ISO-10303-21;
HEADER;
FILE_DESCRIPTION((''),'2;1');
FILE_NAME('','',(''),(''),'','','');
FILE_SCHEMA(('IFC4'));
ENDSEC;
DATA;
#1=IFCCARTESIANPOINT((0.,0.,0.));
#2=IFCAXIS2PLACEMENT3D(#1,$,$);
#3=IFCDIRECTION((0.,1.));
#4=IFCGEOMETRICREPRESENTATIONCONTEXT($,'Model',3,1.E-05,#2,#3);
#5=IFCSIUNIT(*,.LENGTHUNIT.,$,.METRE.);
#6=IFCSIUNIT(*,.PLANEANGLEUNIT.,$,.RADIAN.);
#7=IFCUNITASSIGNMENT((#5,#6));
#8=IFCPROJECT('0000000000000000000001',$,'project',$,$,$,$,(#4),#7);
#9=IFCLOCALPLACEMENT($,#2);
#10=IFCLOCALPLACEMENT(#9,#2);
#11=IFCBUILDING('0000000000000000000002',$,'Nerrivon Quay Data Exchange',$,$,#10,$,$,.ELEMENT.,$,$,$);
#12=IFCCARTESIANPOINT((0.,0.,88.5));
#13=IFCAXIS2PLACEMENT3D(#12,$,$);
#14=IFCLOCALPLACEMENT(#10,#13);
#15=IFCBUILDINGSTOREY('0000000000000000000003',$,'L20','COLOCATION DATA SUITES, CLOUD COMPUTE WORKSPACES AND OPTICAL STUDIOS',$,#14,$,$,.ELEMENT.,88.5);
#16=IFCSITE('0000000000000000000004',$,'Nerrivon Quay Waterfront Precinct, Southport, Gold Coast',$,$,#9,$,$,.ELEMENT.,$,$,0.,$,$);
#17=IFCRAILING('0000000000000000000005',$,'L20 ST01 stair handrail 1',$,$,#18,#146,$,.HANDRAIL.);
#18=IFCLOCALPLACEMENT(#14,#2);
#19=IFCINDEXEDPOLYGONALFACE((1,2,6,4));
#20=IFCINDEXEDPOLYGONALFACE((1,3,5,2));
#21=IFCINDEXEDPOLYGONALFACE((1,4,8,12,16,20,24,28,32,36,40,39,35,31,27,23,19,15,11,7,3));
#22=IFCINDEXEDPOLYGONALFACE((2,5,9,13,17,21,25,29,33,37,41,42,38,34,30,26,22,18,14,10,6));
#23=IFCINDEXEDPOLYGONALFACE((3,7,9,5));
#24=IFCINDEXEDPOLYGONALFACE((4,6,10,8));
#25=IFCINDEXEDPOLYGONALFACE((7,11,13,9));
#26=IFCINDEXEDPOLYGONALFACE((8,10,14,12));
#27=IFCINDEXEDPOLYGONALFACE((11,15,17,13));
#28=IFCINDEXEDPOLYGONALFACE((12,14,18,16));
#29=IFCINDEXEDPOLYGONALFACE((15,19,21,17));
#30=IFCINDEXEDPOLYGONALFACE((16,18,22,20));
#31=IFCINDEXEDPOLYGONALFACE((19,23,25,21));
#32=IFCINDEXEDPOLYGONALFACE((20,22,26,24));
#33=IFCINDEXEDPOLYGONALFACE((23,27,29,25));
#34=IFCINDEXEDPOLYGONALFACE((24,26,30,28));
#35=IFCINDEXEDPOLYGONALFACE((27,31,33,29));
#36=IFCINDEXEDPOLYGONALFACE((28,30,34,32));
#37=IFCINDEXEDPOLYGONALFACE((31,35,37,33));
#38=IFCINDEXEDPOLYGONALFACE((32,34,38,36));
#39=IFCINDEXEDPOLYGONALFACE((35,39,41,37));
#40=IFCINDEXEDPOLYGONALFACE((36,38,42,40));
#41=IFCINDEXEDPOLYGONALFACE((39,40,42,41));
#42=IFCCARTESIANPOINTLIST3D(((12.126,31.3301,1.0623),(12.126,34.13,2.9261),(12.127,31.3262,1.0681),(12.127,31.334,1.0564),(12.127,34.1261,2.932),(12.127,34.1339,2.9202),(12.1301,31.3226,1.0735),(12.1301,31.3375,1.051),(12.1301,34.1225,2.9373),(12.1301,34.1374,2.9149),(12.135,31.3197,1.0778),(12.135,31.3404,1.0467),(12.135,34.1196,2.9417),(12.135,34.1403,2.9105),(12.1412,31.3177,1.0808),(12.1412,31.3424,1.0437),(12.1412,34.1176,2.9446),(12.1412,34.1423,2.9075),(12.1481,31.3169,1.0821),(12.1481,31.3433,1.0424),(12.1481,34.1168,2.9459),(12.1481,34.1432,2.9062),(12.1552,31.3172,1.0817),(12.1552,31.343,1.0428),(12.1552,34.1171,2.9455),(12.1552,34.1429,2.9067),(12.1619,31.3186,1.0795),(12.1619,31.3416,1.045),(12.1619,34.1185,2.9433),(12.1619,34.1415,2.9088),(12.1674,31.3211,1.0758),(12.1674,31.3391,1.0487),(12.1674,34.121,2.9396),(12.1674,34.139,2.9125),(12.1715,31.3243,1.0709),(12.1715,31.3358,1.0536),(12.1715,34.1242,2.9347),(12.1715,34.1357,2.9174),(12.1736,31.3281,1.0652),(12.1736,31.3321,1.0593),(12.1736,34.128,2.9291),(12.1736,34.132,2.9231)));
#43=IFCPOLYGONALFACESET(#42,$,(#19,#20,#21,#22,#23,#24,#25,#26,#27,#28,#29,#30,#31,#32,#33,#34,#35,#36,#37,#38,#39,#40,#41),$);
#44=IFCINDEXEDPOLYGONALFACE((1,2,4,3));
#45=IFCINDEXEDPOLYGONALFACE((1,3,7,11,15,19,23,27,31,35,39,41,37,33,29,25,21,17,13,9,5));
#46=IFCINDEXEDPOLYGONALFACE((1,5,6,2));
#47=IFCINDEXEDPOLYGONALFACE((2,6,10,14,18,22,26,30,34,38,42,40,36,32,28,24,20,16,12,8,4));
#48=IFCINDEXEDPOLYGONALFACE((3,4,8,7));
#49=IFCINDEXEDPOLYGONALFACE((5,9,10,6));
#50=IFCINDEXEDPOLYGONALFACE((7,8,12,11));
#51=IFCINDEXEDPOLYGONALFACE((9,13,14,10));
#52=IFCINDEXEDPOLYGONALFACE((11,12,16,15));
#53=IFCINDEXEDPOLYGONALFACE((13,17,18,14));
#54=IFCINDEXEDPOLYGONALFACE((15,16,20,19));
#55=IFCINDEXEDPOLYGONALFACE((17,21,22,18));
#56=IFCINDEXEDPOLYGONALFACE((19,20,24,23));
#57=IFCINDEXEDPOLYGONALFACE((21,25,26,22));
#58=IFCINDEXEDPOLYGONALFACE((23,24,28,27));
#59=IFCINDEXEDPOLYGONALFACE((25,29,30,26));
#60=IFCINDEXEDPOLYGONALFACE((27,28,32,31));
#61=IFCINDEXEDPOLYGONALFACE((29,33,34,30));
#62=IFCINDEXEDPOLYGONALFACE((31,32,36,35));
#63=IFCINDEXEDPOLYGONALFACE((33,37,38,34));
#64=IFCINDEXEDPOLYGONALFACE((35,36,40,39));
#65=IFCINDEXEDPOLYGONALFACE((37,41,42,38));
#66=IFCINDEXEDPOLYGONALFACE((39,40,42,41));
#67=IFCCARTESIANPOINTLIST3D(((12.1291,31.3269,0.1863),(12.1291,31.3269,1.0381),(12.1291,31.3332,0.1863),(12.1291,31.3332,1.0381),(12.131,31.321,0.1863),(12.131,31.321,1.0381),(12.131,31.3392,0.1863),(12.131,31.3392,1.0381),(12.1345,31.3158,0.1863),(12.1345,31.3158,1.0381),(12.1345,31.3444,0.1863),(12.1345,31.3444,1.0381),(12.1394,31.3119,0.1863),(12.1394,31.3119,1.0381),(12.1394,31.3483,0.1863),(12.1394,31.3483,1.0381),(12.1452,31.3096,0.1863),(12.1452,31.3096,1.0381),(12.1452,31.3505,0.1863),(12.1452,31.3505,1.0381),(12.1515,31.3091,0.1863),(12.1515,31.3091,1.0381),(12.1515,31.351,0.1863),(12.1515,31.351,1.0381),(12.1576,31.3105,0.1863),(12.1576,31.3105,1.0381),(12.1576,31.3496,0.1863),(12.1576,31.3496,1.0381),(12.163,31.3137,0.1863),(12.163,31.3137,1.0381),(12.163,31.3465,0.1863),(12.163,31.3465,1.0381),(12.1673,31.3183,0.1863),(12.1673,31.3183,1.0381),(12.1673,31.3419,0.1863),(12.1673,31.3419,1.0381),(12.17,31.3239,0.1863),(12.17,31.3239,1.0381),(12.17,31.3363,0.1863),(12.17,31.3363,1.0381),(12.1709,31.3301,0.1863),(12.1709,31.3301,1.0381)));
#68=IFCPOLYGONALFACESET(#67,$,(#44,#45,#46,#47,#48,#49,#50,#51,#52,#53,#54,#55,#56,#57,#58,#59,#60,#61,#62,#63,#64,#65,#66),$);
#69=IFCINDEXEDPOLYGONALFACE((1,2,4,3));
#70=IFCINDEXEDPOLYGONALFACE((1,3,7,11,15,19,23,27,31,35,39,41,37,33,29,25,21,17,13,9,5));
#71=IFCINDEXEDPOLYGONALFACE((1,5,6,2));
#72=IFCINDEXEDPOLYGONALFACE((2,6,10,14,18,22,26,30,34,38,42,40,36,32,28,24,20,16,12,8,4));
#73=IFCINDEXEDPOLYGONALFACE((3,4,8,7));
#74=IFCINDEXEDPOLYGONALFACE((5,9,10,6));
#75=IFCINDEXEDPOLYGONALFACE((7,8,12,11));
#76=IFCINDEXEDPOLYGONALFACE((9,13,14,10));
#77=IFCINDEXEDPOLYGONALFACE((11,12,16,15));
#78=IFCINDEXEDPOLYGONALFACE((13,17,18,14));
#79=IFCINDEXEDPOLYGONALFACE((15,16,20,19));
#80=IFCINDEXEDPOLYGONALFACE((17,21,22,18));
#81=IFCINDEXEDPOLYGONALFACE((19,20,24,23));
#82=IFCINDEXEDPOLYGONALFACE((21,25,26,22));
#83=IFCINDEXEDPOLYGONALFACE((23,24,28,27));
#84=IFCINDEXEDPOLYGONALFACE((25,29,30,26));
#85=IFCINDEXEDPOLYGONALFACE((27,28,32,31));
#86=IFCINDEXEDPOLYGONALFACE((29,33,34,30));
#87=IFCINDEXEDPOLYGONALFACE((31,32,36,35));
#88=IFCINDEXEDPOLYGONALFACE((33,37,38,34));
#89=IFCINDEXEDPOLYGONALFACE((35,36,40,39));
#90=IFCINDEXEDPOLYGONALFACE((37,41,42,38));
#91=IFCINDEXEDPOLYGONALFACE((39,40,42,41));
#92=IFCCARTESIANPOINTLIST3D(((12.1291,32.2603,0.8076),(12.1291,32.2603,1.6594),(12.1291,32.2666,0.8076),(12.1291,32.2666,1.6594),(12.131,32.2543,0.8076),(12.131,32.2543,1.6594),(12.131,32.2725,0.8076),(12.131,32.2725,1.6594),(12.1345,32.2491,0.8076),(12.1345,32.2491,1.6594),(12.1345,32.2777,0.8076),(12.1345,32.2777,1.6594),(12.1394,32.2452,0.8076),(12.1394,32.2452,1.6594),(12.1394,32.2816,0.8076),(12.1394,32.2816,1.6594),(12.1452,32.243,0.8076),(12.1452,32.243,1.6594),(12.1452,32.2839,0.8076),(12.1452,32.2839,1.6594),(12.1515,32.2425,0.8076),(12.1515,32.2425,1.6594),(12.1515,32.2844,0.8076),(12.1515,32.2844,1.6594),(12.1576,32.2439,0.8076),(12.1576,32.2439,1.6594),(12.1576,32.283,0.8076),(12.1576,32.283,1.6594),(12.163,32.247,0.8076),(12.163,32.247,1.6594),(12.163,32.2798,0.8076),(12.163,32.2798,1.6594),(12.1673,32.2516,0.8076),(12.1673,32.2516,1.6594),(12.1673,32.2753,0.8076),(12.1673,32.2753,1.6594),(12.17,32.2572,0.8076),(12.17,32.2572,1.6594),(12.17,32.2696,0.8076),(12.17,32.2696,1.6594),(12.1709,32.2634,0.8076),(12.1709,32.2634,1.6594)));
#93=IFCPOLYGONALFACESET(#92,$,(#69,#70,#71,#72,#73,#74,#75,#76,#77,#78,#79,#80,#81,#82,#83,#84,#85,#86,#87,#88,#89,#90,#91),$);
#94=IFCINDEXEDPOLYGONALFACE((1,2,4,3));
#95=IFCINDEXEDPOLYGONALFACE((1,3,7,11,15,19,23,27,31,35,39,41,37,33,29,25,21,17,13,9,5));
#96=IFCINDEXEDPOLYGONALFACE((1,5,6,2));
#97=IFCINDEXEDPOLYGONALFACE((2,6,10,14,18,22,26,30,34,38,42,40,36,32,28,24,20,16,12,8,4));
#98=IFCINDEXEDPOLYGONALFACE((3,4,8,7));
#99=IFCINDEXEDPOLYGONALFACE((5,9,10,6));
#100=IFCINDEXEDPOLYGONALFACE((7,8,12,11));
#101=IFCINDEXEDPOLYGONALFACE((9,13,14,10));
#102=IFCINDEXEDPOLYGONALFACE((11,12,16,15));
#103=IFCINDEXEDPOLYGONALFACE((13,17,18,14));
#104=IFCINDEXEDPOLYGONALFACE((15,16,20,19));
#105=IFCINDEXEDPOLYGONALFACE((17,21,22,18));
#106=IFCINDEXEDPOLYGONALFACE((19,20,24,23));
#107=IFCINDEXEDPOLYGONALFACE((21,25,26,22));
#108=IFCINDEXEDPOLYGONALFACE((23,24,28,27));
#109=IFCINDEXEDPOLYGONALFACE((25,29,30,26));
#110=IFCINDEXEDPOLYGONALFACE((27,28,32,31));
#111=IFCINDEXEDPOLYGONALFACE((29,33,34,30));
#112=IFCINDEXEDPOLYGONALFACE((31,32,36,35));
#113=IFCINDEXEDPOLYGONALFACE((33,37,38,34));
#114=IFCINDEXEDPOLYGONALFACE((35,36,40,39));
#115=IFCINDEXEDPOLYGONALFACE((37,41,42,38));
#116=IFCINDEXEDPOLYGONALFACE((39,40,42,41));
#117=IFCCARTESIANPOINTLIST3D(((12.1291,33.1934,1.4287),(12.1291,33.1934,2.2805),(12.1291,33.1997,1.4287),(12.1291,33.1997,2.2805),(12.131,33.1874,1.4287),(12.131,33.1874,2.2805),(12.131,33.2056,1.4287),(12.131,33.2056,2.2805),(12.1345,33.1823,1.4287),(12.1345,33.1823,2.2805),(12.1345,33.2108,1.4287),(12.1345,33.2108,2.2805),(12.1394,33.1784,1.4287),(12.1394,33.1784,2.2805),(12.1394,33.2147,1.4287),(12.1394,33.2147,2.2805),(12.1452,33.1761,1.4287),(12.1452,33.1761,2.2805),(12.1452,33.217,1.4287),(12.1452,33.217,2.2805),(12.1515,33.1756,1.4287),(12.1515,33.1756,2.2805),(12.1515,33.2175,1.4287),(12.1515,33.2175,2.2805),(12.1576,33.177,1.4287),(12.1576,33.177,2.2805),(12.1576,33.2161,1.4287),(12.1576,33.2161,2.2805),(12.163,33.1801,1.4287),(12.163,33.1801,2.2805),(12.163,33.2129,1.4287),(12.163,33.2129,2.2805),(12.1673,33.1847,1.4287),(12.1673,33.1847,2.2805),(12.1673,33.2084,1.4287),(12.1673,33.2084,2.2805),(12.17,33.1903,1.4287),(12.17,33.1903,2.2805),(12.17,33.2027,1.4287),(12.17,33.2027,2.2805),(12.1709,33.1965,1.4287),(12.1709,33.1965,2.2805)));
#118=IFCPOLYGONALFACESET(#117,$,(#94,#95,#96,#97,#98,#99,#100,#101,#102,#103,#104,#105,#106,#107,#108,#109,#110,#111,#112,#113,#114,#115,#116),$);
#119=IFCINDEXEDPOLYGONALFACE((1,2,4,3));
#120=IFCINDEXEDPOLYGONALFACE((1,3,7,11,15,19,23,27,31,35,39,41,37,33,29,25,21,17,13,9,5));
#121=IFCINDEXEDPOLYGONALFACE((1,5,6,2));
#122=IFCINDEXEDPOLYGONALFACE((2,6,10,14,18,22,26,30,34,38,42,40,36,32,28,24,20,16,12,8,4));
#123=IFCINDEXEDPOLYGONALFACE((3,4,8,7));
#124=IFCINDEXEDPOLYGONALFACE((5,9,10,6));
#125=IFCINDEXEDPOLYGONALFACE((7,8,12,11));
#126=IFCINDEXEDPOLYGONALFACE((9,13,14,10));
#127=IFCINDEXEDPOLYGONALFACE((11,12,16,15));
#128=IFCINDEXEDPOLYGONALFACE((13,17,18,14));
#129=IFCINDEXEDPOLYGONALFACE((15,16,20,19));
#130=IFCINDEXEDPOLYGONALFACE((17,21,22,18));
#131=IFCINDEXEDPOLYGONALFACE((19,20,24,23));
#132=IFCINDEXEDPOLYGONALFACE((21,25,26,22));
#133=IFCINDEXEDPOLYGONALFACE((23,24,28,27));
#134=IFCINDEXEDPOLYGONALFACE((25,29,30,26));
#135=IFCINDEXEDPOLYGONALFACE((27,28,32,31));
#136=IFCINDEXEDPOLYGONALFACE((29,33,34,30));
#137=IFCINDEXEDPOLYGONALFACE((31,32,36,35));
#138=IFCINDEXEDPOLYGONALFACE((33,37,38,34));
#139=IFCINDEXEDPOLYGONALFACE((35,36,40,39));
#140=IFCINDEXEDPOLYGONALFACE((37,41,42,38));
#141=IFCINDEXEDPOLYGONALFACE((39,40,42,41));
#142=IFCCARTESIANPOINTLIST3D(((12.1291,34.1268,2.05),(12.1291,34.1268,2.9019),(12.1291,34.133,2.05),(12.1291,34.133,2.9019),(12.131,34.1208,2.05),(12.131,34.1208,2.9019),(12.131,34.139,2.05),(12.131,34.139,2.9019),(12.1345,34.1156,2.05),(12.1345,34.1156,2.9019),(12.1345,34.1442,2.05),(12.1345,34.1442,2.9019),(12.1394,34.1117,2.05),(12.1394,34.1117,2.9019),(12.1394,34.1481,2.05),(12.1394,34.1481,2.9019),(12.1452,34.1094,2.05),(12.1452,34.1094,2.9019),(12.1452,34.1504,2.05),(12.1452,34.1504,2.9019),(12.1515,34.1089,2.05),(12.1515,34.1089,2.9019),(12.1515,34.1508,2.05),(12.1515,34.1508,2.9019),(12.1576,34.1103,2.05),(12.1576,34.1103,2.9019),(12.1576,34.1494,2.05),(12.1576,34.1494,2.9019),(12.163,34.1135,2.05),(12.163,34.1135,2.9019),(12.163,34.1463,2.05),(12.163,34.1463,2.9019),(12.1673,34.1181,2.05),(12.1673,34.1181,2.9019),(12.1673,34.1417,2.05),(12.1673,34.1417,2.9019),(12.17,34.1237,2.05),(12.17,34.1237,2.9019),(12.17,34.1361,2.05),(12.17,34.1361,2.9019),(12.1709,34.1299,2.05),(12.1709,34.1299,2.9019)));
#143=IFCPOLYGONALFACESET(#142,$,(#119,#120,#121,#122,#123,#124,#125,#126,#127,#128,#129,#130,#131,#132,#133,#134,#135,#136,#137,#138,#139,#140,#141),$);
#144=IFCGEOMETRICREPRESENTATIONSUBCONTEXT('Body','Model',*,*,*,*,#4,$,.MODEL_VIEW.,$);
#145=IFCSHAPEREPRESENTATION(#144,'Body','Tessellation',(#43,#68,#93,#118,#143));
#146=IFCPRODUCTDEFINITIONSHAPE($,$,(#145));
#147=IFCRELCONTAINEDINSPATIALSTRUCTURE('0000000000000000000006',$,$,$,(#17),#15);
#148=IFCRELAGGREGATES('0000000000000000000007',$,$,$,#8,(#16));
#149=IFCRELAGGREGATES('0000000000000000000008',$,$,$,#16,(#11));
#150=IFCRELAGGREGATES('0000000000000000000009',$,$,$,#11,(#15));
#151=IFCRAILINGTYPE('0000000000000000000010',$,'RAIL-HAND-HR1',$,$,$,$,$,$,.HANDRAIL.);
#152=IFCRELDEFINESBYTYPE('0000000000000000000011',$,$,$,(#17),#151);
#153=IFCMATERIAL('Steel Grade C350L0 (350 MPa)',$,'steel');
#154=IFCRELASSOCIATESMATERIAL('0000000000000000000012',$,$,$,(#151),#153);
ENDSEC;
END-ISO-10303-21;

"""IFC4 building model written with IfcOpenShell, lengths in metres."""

from ifc_helpers import new_model, si_unit, direction, frame, origin, origin_2d, place, context, subcontext, project, spatial, circle, extrude, material, type_object, element, save


model = new_model("IFC4")

# Units and contexts
model_context = context("Model", 3, precision=1e-05, world=origin(), true_north=direction((0.0, 1.0)))
body_context = subcontext(model_context, "Body", "Model", "MODEL_VIEW")
ifc_project = project(units=[si_unit("LENGTHUNIT", "METRE"), si_unit("PLANEANGLEUNIT", "RADIAN")], contexts=[model_context])

# Site, building, storey
site_placement = place(None, origin())
site = spatial("IfcSite", under=ifc_project, at=site_placement, Name="Nerrivon Quay Waterfront Precinct, Southport, Gold Coast", CompositionType="ELEMENT", RefElevation=0.0)
building_placement = place(site_placement, origin())
building = spatial("IfcBuilding", under=site, at=building_placement, Name="Nerrivon Quay Data Exchange", CompositionType="ELEMENT")
storey_placement = place(building_placement, frame((0.0, 0.0, 88.5)))
storey = spatial("IfcBuildingStorey", under=building, at=storey_placement, Name="L20", Description="COLOCATION DATA SUITES, CLOUD COMPUTE WORKSPACES AND OPTICAL STUDIOS", CompositionType="ELEMENT", Elevation=88.5)

# Railing
ifc_material_1 = material(Name="Steel Grade C350L0 (350 MPa)", Category="steel")
railing_type_1 = type_object("IfcRailingType", Name="RAIL-HAND-HR1", PredefinedType="HANDRAIL", material=ifc_material_1)
railing_1_placement = place(storey_placement, frame((12.1499, 31.3301, 0.1863)))
element("IfcRailing", 1, at=railing_1_placement, inside=storey, type_object=railing_type_1, Name="L20 ST01 stair handrail 1", PredefinedType="HANDRAIL", context=body_context, shape_type="SweptSolid", body=[
    extrude(circle(Radius=0.0239, at=origin_2d()), frame((0.0, 0.0, 0.876), z_axis=(0.0, 0.83243, 0.554131), x_axis=(-1.0, 0.0, 0.0)), (0.0, 0.0, 1.0), 3.3635),
    extrude(circle(Radius=0.021, at=origin_2d()), origin(), (0.0, 0.0, 1.0), 0.8518),
    extrude(circle(Radius=0.021, at=origin_2d()), frame((0.0, 0.9333, 0.6213)), (0.0, 0.0, 1.0), 0.8518),
    extrude(circle(Radius=0.021, at=origin_2d()), frame((0.0, 1.8665, 1.2424)), (0.0, 0.0, 1.0), 0.8518),
    extrude(circle(Radius=0.021, at=origin_2d()), frame((0.0, 2.7998, 1.8638)), (0.0, 0.0, 1.0), 0.8518),
])

save(model, "model.ifc")
